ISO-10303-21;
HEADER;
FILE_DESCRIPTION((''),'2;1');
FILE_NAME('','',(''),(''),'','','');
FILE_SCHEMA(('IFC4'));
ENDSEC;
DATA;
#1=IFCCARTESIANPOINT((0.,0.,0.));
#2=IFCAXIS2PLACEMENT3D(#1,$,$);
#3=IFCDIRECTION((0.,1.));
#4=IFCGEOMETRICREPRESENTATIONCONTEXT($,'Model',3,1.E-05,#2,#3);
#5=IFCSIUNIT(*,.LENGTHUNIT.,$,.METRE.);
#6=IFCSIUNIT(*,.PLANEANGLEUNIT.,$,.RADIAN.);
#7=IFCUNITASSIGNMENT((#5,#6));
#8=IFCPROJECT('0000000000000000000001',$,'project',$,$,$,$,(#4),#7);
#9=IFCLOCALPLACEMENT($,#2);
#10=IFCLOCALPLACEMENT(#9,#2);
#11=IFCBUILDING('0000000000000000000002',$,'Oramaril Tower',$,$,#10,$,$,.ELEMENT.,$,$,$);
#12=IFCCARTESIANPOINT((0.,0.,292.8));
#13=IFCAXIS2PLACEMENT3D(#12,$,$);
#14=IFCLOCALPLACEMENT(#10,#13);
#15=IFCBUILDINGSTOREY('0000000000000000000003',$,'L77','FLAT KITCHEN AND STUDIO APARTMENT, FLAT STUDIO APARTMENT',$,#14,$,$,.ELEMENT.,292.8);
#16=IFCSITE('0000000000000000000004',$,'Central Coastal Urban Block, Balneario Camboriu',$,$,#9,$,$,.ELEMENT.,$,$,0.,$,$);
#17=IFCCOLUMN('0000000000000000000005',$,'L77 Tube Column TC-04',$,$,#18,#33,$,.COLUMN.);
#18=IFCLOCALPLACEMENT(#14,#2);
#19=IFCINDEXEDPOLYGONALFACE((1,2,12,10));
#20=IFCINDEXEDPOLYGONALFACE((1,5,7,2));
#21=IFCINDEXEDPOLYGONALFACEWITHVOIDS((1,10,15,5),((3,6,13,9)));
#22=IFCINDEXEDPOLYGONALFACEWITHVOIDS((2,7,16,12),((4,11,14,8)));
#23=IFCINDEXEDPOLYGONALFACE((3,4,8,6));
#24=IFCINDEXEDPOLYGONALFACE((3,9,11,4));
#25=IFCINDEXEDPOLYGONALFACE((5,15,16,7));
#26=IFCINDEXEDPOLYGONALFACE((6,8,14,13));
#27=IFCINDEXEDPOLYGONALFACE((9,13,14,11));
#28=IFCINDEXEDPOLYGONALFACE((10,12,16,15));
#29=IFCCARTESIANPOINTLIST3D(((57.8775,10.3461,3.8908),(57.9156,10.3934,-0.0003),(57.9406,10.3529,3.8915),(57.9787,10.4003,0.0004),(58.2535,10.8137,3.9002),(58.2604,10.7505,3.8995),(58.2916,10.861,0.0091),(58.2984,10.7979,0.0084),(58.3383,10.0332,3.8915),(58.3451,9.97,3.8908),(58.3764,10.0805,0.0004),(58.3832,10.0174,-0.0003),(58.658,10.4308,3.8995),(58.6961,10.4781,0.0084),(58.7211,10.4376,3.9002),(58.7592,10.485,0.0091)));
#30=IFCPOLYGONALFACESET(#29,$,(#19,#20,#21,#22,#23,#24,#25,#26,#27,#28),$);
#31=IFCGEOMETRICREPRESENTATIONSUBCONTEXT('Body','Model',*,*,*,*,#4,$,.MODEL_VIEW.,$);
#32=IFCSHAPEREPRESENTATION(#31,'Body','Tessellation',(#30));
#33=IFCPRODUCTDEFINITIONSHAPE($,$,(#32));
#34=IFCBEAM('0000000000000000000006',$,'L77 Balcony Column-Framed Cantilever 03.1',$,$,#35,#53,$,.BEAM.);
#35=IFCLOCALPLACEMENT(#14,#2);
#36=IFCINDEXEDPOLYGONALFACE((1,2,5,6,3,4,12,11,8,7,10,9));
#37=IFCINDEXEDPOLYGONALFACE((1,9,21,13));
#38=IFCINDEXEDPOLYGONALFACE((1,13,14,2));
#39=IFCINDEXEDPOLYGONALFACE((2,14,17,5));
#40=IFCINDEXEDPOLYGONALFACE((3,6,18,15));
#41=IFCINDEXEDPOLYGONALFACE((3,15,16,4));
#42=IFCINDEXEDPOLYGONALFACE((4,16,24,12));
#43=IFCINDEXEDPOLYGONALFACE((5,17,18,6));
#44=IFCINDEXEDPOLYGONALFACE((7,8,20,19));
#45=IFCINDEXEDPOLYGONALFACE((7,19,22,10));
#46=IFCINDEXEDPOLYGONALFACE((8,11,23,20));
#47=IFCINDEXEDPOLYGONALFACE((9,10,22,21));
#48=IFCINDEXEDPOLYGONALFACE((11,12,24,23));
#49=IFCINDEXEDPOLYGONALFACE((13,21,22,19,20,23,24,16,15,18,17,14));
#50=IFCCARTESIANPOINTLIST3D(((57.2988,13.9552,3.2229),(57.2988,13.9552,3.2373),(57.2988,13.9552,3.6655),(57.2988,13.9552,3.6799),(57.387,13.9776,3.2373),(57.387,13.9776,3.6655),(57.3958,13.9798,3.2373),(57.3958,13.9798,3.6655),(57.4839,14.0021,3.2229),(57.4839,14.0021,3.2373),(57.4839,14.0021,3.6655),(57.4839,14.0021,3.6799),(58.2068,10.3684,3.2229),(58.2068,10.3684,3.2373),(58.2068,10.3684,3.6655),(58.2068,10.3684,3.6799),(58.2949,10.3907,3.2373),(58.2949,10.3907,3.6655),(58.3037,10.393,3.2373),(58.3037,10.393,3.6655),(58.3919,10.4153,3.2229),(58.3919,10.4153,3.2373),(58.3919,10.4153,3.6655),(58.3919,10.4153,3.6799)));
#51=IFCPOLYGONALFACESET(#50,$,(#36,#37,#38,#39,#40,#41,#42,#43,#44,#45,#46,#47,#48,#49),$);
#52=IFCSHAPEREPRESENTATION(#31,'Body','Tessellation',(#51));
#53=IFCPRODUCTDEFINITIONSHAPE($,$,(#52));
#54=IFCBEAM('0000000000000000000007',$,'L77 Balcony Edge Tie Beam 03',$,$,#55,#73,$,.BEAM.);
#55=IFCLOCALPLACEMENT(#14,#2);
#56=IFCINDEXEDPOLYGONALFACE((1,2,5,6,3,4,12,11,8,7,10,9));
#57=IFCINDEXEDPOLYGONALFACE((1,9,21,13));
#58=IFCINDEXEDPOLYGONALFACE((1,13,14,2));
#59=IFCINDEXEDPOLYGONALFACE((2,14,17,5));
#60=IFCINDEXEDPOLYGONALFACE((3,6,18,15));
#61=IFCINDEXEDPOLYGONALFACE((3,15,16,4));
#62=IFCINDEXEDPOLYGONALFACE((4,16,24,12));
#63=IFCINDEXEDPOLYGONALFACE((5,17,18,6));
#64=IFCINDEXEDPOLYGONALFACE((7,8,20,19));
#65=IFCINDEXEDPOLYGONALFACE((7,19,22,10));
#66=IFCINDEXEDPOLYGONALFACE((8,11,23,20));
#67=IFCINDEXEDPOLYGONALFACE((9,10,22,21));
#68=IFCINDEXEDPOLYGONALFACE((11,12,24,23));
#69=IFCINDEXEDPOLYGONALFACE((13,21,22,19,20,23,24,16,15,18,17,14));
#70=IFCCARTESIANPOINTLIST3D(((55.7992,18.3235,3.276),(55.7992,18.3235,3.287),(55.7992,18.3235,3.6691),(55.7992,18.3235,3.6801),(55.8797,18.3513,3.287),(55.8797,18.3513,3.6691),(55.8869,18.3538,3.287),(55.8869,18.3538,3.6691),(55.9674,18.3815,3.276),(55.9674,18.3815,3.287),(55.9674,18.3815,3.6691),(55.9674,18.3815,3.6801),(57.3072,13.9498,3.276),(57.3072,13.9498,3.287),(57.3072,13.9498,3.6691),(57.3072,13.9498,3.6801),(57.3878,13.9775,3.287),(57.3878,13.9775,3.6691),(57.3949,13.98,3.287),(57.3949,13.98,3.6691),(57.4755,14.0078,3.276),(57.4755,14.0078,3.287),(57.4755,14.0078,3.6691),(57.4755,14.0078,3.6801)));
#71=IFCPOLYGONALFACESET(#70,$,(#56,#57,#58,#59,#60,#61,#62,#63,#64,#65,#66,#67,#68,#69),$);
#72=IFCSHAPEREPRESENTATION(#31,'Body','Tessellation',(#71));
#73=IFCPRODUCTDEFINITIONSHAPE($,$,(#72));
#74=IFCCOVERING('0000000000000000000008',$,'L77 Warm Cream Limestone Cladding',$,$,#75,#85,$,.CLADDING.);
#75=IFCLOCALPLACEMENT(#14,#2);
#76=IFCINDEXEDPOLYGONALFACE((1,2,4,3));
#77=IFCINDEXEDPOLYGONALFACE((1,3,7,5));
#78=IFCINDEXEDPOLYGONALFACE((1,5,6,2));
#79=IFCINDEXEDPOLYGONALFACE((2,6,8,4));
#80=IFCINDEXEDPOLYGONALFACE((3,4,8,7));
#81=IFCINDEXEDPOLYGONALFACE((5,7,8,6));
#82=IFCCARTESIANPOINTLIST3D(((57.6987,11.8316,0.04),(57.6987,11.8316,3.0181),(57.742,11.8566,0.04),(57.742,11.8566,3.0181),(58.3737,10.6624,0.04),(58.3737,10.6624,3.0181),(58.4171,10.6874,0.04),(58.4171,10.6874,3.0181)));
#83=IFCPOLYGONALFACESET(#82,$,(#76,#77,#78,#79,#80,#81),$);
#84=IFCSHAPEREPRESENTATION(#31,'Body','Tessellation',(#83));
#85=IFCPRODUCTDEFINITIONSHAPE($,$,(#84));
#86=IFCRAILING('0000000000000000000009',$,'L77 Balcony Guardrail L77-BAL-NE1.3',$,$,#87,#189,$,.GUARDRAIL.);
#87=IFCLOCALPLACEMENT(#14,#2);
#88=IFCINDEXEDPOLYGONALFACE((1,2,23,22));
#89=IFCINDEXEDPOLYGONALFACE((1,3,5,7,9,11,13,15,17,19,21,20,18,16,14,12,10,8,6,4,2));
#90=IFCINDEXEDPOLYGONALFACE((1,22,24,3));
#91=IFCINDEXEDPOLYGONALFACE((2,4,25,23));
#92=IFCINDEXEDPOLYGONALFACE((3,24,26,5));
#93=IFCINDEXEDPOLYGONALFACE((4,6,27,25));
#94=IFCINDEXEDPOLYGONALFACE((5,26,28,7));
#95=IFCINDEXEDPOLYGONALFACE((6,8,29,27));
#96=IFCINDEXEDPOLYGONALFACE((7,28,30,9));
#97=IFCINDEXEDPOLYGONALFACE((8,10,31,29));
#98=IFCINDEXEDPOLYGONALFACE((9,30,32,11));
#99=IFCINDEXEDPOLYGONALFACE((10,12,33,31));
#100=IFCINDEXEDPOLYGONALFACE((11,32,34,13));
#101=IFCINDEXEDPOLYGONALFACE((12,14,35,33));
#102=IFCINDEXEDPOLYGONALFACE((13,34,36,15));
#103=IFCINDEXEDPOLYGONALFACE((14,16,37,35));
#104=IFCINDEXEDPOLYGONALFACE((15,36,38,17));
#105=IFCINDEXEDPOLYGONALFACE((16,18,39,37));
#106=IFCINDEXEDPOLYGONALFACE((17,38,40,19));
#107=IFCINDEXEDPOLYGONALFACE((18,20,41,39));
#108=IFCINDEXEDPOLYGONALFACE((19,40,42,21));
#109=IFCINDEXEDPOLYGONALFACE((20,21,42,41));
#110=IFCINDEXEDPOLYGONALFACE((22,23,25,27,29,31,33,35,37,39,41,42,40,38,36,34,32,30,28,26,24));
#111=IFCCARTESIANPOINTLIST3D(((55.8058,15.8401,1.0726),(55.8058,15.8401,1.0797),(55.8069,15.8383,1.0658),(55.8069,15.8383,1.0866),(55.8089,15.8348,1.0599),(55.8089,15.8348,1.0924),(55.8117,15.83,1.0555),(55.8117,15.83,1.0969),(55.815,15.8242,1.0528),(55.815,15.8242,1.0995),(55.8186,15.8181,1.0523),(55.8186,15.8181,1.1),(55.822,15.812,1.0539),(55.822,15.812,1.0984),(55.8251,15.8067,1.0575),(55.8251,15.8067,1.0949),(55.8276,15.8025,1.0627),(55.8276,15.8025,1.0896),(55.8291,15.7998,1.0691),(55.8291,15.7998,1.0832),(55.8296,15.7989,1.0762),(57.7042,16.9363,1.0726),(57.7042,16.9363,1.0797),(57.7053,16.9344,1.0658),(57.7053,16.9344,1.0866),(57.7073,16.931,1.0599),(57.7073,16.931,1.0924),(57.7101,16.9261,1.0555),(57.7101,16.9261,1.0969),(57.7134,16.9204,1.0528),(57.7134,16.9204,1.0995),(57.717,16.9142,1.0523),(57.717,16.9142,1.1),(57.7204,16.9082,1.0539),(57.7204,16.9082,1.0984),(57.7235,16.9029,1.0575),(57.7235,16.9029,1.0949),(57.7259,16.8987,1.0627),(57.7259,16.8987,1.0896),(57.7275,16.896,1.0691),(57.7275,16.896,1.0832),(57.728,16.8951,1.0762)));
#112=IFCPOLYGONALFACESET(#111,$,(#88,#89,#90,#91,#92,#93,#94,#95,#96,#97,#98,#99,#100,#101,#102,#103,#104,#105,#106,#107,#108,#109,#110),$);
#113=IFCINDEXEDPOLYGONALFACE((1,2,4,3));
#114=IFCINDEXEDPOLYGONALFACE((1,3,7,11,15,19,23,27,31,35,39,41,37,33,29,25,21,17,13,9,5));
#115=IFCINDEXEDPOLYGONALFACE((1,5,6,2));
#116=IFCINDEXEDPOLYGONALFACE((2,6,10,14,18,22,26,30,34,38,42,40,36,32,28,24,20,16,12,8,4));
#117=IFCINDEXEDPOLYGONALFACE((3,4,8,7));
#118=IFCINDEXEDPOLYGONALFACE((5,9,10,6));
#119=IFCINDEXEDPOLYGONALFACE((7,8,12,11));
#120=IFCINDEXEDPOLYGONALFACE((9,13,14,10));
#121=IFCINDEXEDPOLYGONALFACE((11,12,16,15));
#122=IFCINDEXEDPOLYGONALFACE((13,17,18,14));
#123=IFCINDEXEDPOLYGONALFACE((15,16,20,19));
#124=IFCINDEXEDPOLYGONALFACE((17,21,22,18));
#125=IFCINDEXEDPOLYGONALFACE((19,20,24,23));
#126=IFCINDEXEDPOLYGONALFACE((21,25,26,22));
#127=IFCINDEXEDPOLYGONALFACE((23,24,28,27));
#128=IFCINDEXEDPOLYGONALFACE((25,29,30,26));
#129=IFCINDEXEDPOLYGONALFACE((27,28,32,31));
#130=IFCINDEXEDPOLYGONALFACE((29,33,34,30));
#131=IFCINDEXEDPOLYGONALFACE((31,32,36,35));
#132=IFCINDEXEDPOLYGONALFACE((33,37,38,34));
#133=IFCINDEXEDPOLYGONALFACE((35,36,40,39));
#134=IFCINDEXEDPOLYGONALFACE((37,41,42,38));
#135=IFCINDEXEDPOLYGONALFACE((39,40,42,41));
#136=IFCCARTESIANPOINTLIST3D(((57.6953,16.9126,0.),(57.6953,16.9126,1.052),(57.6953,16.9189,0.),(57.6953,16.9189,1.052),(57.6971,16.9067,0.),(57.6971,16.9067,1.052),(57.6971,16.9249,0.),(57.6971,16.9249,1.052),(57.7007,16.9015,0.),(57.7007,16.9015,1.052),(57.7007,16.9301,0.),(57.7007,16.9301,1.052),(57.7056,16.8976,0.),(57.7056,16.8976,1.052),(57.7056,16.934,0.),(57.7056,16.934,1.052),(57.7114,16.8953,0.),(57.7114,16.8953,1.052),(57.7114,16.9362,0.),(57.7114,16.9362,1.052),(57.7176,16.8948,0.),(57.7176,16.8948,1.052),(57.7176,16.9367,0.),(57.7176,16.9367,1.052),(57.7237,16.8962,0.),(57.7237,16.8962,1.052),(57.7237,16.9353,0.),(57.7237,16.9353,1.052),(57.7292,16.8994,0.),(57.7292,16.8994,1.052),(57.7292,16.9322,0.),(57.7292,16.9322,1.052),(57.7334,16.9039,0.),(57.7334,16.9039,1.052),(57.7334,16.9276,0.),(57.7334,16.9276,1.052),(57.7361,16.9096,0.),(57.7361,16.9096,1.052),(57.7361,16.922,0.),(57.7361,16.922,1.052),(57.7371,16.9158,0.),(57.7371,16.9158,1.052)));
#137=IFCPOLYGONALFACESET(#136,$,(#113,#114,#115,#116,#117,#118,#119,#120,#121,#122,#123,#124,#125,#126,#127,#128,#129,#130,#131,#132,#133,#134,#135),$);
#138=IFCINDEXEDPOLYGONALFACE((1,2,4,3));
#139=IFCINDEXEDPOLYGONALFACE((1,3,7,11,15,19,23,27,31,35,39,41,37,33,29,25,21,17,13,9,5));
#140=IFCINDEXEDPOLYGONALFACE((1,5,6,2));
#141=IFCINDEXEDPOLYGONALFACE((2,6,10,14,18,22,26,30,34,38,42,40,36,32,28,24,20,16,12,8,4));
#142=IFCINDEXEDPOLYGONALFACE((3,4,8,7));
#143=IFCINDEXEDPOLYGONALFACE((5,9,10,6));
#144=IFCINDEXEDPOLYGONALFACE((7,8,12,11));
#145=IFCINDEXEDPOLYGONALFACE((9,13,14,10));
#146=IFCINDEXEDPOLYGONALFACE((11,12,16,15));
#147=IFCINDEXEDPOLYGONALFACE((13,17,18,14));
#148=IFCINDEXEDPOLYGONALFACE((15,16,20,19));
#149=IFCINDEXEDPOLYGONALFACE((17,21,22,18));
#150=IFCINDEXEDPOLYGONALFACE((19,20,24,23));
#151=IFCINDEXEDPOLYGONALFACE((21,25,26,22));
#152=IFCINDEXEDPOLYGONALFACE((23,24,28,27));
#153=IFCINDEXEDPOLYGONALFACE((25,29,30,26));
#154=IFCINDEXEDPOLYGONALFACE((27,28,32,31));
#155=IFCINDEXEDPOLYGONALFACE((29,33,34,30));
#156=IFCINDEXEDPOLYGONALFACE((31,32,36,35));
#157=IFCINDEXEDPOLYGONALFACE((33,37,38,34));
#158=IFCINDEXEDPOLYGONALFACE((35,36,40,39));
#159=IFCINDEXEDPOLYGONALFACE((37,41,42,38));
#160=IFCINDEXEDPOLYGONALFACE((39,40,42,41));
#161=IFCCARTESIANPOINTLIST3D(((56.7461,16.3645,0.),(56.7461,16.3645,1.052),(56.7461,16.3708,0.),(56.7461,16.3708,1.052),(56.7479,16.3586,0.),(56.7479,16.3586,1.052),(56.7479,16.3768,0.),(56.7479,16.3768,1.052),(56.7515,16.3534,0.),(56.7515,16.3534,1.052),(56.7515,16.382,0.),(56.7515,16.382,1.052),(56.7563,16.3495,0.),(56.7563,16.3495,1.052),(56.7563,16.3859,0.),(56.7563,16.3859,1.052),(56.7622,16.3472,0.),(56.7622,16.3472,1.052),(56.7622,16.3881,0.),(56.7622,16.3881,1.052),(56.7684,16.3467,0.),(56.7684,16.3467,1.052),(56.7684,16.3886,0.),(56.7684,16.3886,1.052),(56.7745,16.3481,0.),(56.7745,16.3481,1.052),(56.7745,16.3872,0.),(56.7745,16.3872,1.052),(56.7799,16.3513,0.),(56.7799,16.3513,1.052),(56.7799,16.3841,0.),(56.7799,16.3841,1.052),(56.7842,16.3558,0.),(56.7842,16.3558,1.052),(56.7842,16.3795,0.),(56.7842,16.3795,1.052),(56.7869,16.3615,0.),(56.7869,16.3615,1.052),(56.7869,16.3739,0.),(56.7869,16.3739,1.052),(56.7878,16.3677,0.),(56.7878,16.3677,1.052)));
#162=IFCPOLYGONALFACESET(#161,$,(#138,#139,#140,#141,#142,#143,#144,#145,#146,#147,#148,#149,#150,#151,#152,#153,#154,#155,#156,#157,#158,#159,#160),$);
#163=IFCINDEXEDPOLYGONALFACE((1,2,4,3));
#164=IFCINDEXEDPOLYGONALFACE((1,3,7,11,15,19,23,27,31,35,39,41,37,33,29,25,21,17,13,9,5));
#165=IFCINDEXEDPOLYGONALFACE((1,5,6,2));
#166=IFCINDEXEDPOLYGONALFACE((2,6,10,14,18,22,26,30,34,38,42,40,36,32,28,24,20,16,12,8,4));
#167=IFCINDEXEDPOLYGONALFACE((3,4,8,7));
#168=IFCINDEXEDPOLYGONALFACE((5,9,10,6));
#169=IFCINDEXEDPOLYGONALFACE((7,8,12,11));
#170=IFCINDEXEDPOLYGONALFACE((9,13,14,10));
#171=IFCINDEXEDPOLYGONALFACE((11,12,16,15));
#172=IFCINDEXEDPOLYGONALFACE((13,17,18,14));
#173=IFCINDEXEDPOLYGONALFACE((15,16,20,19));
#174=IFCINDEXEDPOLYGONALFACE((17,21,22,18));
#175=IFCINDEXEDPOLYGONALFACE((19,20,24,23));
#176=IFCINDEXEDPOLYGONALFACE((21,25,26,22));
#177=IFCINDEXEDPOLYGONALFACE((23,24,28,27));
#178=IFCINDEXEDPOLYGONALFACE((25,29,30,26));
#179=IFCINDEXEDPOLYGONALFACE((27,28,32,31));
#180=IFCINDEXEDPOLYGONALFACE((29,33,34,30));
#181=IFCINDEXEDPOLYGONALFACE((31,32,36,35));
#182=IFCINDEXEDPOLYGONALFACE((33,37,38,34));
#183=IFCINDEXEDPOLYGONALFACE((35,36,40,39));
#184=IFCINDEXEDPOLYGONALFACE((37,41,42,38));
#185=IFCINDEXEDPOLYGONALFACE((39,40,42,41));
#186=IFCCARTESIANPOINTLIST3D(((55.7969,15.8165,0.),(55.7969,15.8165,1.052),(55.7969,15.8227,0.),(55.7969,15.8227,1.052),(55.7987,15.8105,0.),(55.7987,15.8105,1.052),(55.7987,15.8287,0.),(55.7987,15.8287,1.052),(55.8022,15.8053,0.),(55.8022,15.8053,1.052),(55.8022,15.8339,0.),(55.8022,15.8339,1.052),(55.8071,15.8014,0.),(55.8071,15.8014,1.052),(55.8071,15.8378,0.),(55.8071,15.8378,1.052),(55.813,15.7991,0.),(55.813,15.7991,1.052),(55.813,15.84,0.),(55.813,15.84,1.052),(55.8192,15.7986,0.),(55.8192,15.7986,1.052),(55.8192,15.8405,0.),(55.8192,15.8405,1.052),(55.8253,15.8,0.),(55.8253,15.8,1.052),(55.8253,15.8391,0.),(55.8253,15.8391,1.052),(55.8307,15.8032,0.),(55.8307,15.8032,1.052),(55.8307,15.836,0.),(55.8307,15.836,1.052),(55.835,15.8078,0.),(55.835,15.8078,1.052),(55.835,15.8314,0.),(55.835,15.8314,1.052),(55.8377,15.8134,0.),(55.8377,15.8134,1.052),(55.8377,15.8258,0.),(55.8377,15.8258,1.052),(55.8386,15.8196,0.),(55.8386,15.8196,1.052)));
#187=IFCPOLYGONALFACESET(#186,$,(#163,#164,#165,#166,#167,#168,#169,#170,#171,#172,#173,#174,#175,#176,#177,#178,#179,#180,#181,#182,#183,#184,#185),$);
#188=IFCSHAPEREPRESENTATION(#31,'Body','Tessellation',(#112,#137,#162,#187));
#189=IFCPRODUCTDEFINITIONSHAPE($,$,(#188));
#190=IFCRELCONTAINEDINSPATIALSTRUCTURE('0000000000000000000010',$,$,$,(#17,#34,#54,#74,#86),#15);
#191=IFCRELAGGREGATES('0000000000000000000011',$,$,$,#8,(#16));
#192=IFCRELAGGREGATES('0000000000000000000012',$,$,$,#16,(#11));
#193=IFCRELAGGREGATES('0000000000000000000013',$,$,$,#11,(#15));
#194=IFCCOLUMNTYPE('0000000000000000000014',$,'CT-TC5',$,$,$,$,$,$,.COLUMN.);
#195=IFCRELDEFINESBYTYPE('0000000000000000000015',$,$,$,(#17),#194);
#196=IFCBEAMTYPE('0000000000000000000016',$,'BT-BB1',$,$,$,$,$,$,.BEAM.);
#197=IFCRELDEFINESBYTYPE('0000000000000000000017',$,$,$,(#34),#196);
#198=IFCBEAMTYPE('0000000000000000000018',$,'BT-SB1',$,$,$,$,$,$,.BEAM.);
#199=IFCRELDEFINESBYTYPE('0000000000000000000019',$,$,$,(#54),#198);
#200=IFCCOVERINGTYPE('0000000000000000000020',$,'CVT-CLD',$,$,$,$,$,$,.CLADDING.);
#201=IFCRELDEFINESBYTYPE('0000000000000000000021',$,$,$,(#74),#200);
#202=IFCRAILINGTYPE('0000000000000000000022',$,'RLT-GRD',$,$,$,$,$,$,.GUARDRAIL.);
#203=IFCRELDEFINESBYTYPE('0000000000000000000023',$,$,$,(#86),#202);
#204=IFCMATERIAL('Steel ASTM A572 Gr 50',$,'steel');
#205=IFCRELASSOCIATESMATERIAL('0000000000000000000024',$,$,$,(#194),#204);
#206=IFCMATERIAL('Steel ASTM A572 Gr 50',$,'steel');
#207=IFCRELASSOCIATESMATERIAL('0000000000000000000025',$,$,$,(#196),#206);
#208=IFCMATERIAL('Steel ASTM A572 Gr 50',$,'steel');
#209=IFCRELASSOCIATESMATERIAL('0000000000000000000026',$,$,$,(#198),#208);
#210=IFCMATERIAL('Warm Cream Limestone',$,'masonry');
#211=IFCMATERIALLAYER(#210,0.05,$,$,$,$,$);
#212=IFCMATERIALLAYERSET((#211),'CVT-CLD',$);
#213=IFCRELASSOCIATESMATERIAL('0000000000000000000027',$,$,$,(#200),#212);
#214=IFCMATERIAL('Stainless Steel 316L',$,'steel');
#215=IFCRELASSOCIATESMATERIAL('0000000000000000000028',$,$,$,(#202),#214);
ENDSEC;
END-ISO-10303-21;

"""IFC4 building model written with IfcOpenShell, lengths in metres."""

from ifc_helpers import new_model, si_unit, direction, frame, origin, origin_2d, place, context, subcontext, project, spatial, rectangle, hollow_rectangle, circle, i_section, extrude, material, layer, layer_set, material_profile, profile_set, type_object, element, save


model = new_model("IFC4")

# Units and contexts
model_context = context("Model", 3, precision=1e-05, world=origin(), true_north=direction((0.0, 1.0)))
body_context = subcontext(model_context, "Body", "Model", "MODEL_VIEW")
ifc_project = project(units=[si_unit("LENGTHUNIT", "METRE"), si_unit("PLANEANGLEUNIT", "RADIAN")], contexts=[model_context])

# Site, building, storey
site_placement = place(None, origin())
site = spatial("IfcSite", under=ifc_project, at=site_placement, Name="Central Coastal Urban Block, Balneario Camboriu", CompositionType="ELEMENT", RefElevation=0.0)
building_placement = place(site_placement, origin())
building = spatial("IfcBuilding", under=site, at=building_placement, Name="Oramaril Tower", CompositionType="ELEMENT")
storey_placement = place(building_placement, frame((0.0, 0.0, 292.8)))
storey = spatial("IfcBuildingStorey", under=building, at=storey_placement, Name="L77", Description="FLAT KITCHEN AND STUDIO APARTMENT, FLAT STUDIO APARTMENT", CompositionType="ELEMENT", Elevation=292.8)

# Column
ifc_material_1 = material(Name="Steel ASTM A572 Gr 50", Category="steel")
ifc_material_profile_1 = material_profile(ifc_material_1, hollow_rectangle(XDim=0.6001, YDim=0.6001, WallThickness=0.0449, at=origin_2d()), Name="BOX600X600X45")
ifc_profile_set_1 = profile_set([ifc_material_profile_1], Name="Steel ASTM A572 Gr 50")
column_type = type_object("IfcColumnType", Name="CT-TC5", PredefinedType="COLUMN", material=ifc_profile_set_1)
column_placement = place(storey_placement, frame((58.3374, 10.4392, 0.0044), z_axis=(-0.009787, -0.012171, 0.999878), x_axis=(0.779299, -0.626653, 0.0)))
element("IfcColumn", 1, at=column_placement, inside=storey, type_object=column_type, Name="L77 Tube Column TC-04", PredefinedType="COLUMN", context=body_context, shape_type="SweptSolid", body=[
    extrude(hollow_rectangle(XDim=0.6001, YDim=0.6001, WallThickness=0.0449, at=origin_2d()), origin(), (0.0, 0.0, 1.0), 3.8916),
])

# Beams
ifc_material_2 = material(Name="Steel ASTM A572 Gr 50", Category="steel")
ifc_material_profile_2 = material_profile(ifc_material_2, i_section(OverallWidth=0.1909, OverallDepth=0.457, WebThickness=0.009, FlangeThickness=0.0144, at=origin_2d()), Name="W18X50")
ifc_profile_set_2 = profile_set([ifc_material_profile_2], Name="Steel ASTM A572 Gr 50")
beam_type_1 = type_object("IfcBeamType", Name="BT-BB1", PredefinedType="BEAM", material=ifc_profile_set_2)
beam_1_placement = place(storey_placement, frame((58.2993, 10.3918, 3.4514), z_axis=(-0.245391, 0.969424, 0.0), x_axis=(-0.969424, -0.245391, 0.0)))
element("IfcBeam", 2, at=beam_1_placement, inside=storey, type_object=beam_type_1, Name="L77 Balcony Column-Framed Cantilever 03.1", PredefinedType="BEAM", context=body_context, shape_type="SweptSolid", body=[
    extrude(i_section(OverallWidth=0.1909, OverallDepth=0.457, WebThickness=0.009, FlangeThickness=0.0144, at=origin_2d()), origin(), (0.0, 0.0, 1.0), 3.7),
])
ifc_material_3 = material(Name="Steel ASTM A572 Gr 50", Category="steel")
ifc_material_profile_3 = material_profile(ifc_material_3, i_section(OverallWidth=0.178, OverallDepth=0.4041, WebThickness=0.0076, FlangeThickness=0.011, at=origin_2d()), Name="W16X36")
ifc_profile_set_3 = profile_set([ifc_material_profile_3], Name="Steel ASTM A572 Gr 50")
beam_type_2 = type_object("IfcBeamType", Name="BT-SB1", PredefinedType="BEAM", material=ifc_profile_set_3)
beam_2_placement = place(storey_placement, frame((57.3914, 13.9788, 3.478), z_axis=(-0.325963, 0.945383, 0.0), x_axis=(-0.945383, -0.325963, 0.0)))
element("IfcBeam", 3, at=beam_2_placement, inside=storey, type_object=beam_type_2, Name="L77 Balcony Edge Tie Beam 03", PredefinedType="BEAM", context=body_context, shape_type="SweptSolid", body=[
    extrude(i_section(OverallWidth=0.178, OverallDepth=0.4041, WebThickness=0.0076, FlangeThickness=0.011, at=origin_2d()), origin(), (0.0, 0.0, 1.0), 4.6265),
])

# Covering
ifc_material_4 = material(Name="Warm Cream Limestone", Category="masonry")
ifc_layer_1 = layer(ifc_material_4, 0.05)
ifc_layer_set_1 = layer_set([ifc_layer_1], Name="CVT-CLD")
covering_type = type_object("IfcCoveringType", Name="CVT-CLD", PredefinedType="CLADDING", material=ifc_layer_set_1)
covering_placement = place(storey_placement, frame((58.0579, 11.2595, 0.04), z_axis=(0.0, 0.0, 1.0), x_axis=(-0.5, 0.866025, 0.0)))
element("IfcCovering", 4, at=covering_placement, inside=storey, type_object=covering_type, Name="L77 Warm Cream Limestone Cladding", PredefinedType="CLADDING", context=body_context, shape_type="SweptSolid", body=[
    extrude(rectangle(XDim=1.3501, YDim=0.05, at=origin_2d()), origin(), (0.0, 0.0, 1.0), 2.978),
])

# Railing
ifc_material_5 = material(Name="Stainless Steel 316L", Category="steel")
railing_type = type_object("IfcRailingType", Name="RLT-GRD", PredefinedType="GUARDRAIL", material=ifc_material_5)
railing_placement = place(storey_placement, frame((57.7161, 16.9158, 0.0)))
element("IfcRailing", 5, at=railing_placement, inside=storey, type_object=railing_type, Name="L77 Balcony Guardrail L77-BAL-NE1.3", PredefinedType="GUARDRAIL", context=body_context, shape_type="SweptSolid", body=[
    extrude(circle(Radius=0.0239, at=origin_2d()), frame((0.0, 0.0, 1.0762), z_axis=(-0.866, -0.500044, 0.0), x_axis=(0.500044, -0.866, 0.0)), (0.0, 0.0, 1.0), 2.1921),
    extrude(circle(Radius=0.021, at=origin_2d()), origin(), (0.0, 0.0, 1.0), 1.052),
    extrude(circle(Radius=0.021, at=origin_2d()), frame((-0.9492, -0.5481, 0.0)), (0.0, 0.0, 1.0), 1.052),
    extrude(circle(Radius=0.021, at=origin_2d()), frame((-1.8984, -1.0962, 0.0)), (0.0, 0.0, 1.0), 1.052),
])

save(model, "model.ifc")
